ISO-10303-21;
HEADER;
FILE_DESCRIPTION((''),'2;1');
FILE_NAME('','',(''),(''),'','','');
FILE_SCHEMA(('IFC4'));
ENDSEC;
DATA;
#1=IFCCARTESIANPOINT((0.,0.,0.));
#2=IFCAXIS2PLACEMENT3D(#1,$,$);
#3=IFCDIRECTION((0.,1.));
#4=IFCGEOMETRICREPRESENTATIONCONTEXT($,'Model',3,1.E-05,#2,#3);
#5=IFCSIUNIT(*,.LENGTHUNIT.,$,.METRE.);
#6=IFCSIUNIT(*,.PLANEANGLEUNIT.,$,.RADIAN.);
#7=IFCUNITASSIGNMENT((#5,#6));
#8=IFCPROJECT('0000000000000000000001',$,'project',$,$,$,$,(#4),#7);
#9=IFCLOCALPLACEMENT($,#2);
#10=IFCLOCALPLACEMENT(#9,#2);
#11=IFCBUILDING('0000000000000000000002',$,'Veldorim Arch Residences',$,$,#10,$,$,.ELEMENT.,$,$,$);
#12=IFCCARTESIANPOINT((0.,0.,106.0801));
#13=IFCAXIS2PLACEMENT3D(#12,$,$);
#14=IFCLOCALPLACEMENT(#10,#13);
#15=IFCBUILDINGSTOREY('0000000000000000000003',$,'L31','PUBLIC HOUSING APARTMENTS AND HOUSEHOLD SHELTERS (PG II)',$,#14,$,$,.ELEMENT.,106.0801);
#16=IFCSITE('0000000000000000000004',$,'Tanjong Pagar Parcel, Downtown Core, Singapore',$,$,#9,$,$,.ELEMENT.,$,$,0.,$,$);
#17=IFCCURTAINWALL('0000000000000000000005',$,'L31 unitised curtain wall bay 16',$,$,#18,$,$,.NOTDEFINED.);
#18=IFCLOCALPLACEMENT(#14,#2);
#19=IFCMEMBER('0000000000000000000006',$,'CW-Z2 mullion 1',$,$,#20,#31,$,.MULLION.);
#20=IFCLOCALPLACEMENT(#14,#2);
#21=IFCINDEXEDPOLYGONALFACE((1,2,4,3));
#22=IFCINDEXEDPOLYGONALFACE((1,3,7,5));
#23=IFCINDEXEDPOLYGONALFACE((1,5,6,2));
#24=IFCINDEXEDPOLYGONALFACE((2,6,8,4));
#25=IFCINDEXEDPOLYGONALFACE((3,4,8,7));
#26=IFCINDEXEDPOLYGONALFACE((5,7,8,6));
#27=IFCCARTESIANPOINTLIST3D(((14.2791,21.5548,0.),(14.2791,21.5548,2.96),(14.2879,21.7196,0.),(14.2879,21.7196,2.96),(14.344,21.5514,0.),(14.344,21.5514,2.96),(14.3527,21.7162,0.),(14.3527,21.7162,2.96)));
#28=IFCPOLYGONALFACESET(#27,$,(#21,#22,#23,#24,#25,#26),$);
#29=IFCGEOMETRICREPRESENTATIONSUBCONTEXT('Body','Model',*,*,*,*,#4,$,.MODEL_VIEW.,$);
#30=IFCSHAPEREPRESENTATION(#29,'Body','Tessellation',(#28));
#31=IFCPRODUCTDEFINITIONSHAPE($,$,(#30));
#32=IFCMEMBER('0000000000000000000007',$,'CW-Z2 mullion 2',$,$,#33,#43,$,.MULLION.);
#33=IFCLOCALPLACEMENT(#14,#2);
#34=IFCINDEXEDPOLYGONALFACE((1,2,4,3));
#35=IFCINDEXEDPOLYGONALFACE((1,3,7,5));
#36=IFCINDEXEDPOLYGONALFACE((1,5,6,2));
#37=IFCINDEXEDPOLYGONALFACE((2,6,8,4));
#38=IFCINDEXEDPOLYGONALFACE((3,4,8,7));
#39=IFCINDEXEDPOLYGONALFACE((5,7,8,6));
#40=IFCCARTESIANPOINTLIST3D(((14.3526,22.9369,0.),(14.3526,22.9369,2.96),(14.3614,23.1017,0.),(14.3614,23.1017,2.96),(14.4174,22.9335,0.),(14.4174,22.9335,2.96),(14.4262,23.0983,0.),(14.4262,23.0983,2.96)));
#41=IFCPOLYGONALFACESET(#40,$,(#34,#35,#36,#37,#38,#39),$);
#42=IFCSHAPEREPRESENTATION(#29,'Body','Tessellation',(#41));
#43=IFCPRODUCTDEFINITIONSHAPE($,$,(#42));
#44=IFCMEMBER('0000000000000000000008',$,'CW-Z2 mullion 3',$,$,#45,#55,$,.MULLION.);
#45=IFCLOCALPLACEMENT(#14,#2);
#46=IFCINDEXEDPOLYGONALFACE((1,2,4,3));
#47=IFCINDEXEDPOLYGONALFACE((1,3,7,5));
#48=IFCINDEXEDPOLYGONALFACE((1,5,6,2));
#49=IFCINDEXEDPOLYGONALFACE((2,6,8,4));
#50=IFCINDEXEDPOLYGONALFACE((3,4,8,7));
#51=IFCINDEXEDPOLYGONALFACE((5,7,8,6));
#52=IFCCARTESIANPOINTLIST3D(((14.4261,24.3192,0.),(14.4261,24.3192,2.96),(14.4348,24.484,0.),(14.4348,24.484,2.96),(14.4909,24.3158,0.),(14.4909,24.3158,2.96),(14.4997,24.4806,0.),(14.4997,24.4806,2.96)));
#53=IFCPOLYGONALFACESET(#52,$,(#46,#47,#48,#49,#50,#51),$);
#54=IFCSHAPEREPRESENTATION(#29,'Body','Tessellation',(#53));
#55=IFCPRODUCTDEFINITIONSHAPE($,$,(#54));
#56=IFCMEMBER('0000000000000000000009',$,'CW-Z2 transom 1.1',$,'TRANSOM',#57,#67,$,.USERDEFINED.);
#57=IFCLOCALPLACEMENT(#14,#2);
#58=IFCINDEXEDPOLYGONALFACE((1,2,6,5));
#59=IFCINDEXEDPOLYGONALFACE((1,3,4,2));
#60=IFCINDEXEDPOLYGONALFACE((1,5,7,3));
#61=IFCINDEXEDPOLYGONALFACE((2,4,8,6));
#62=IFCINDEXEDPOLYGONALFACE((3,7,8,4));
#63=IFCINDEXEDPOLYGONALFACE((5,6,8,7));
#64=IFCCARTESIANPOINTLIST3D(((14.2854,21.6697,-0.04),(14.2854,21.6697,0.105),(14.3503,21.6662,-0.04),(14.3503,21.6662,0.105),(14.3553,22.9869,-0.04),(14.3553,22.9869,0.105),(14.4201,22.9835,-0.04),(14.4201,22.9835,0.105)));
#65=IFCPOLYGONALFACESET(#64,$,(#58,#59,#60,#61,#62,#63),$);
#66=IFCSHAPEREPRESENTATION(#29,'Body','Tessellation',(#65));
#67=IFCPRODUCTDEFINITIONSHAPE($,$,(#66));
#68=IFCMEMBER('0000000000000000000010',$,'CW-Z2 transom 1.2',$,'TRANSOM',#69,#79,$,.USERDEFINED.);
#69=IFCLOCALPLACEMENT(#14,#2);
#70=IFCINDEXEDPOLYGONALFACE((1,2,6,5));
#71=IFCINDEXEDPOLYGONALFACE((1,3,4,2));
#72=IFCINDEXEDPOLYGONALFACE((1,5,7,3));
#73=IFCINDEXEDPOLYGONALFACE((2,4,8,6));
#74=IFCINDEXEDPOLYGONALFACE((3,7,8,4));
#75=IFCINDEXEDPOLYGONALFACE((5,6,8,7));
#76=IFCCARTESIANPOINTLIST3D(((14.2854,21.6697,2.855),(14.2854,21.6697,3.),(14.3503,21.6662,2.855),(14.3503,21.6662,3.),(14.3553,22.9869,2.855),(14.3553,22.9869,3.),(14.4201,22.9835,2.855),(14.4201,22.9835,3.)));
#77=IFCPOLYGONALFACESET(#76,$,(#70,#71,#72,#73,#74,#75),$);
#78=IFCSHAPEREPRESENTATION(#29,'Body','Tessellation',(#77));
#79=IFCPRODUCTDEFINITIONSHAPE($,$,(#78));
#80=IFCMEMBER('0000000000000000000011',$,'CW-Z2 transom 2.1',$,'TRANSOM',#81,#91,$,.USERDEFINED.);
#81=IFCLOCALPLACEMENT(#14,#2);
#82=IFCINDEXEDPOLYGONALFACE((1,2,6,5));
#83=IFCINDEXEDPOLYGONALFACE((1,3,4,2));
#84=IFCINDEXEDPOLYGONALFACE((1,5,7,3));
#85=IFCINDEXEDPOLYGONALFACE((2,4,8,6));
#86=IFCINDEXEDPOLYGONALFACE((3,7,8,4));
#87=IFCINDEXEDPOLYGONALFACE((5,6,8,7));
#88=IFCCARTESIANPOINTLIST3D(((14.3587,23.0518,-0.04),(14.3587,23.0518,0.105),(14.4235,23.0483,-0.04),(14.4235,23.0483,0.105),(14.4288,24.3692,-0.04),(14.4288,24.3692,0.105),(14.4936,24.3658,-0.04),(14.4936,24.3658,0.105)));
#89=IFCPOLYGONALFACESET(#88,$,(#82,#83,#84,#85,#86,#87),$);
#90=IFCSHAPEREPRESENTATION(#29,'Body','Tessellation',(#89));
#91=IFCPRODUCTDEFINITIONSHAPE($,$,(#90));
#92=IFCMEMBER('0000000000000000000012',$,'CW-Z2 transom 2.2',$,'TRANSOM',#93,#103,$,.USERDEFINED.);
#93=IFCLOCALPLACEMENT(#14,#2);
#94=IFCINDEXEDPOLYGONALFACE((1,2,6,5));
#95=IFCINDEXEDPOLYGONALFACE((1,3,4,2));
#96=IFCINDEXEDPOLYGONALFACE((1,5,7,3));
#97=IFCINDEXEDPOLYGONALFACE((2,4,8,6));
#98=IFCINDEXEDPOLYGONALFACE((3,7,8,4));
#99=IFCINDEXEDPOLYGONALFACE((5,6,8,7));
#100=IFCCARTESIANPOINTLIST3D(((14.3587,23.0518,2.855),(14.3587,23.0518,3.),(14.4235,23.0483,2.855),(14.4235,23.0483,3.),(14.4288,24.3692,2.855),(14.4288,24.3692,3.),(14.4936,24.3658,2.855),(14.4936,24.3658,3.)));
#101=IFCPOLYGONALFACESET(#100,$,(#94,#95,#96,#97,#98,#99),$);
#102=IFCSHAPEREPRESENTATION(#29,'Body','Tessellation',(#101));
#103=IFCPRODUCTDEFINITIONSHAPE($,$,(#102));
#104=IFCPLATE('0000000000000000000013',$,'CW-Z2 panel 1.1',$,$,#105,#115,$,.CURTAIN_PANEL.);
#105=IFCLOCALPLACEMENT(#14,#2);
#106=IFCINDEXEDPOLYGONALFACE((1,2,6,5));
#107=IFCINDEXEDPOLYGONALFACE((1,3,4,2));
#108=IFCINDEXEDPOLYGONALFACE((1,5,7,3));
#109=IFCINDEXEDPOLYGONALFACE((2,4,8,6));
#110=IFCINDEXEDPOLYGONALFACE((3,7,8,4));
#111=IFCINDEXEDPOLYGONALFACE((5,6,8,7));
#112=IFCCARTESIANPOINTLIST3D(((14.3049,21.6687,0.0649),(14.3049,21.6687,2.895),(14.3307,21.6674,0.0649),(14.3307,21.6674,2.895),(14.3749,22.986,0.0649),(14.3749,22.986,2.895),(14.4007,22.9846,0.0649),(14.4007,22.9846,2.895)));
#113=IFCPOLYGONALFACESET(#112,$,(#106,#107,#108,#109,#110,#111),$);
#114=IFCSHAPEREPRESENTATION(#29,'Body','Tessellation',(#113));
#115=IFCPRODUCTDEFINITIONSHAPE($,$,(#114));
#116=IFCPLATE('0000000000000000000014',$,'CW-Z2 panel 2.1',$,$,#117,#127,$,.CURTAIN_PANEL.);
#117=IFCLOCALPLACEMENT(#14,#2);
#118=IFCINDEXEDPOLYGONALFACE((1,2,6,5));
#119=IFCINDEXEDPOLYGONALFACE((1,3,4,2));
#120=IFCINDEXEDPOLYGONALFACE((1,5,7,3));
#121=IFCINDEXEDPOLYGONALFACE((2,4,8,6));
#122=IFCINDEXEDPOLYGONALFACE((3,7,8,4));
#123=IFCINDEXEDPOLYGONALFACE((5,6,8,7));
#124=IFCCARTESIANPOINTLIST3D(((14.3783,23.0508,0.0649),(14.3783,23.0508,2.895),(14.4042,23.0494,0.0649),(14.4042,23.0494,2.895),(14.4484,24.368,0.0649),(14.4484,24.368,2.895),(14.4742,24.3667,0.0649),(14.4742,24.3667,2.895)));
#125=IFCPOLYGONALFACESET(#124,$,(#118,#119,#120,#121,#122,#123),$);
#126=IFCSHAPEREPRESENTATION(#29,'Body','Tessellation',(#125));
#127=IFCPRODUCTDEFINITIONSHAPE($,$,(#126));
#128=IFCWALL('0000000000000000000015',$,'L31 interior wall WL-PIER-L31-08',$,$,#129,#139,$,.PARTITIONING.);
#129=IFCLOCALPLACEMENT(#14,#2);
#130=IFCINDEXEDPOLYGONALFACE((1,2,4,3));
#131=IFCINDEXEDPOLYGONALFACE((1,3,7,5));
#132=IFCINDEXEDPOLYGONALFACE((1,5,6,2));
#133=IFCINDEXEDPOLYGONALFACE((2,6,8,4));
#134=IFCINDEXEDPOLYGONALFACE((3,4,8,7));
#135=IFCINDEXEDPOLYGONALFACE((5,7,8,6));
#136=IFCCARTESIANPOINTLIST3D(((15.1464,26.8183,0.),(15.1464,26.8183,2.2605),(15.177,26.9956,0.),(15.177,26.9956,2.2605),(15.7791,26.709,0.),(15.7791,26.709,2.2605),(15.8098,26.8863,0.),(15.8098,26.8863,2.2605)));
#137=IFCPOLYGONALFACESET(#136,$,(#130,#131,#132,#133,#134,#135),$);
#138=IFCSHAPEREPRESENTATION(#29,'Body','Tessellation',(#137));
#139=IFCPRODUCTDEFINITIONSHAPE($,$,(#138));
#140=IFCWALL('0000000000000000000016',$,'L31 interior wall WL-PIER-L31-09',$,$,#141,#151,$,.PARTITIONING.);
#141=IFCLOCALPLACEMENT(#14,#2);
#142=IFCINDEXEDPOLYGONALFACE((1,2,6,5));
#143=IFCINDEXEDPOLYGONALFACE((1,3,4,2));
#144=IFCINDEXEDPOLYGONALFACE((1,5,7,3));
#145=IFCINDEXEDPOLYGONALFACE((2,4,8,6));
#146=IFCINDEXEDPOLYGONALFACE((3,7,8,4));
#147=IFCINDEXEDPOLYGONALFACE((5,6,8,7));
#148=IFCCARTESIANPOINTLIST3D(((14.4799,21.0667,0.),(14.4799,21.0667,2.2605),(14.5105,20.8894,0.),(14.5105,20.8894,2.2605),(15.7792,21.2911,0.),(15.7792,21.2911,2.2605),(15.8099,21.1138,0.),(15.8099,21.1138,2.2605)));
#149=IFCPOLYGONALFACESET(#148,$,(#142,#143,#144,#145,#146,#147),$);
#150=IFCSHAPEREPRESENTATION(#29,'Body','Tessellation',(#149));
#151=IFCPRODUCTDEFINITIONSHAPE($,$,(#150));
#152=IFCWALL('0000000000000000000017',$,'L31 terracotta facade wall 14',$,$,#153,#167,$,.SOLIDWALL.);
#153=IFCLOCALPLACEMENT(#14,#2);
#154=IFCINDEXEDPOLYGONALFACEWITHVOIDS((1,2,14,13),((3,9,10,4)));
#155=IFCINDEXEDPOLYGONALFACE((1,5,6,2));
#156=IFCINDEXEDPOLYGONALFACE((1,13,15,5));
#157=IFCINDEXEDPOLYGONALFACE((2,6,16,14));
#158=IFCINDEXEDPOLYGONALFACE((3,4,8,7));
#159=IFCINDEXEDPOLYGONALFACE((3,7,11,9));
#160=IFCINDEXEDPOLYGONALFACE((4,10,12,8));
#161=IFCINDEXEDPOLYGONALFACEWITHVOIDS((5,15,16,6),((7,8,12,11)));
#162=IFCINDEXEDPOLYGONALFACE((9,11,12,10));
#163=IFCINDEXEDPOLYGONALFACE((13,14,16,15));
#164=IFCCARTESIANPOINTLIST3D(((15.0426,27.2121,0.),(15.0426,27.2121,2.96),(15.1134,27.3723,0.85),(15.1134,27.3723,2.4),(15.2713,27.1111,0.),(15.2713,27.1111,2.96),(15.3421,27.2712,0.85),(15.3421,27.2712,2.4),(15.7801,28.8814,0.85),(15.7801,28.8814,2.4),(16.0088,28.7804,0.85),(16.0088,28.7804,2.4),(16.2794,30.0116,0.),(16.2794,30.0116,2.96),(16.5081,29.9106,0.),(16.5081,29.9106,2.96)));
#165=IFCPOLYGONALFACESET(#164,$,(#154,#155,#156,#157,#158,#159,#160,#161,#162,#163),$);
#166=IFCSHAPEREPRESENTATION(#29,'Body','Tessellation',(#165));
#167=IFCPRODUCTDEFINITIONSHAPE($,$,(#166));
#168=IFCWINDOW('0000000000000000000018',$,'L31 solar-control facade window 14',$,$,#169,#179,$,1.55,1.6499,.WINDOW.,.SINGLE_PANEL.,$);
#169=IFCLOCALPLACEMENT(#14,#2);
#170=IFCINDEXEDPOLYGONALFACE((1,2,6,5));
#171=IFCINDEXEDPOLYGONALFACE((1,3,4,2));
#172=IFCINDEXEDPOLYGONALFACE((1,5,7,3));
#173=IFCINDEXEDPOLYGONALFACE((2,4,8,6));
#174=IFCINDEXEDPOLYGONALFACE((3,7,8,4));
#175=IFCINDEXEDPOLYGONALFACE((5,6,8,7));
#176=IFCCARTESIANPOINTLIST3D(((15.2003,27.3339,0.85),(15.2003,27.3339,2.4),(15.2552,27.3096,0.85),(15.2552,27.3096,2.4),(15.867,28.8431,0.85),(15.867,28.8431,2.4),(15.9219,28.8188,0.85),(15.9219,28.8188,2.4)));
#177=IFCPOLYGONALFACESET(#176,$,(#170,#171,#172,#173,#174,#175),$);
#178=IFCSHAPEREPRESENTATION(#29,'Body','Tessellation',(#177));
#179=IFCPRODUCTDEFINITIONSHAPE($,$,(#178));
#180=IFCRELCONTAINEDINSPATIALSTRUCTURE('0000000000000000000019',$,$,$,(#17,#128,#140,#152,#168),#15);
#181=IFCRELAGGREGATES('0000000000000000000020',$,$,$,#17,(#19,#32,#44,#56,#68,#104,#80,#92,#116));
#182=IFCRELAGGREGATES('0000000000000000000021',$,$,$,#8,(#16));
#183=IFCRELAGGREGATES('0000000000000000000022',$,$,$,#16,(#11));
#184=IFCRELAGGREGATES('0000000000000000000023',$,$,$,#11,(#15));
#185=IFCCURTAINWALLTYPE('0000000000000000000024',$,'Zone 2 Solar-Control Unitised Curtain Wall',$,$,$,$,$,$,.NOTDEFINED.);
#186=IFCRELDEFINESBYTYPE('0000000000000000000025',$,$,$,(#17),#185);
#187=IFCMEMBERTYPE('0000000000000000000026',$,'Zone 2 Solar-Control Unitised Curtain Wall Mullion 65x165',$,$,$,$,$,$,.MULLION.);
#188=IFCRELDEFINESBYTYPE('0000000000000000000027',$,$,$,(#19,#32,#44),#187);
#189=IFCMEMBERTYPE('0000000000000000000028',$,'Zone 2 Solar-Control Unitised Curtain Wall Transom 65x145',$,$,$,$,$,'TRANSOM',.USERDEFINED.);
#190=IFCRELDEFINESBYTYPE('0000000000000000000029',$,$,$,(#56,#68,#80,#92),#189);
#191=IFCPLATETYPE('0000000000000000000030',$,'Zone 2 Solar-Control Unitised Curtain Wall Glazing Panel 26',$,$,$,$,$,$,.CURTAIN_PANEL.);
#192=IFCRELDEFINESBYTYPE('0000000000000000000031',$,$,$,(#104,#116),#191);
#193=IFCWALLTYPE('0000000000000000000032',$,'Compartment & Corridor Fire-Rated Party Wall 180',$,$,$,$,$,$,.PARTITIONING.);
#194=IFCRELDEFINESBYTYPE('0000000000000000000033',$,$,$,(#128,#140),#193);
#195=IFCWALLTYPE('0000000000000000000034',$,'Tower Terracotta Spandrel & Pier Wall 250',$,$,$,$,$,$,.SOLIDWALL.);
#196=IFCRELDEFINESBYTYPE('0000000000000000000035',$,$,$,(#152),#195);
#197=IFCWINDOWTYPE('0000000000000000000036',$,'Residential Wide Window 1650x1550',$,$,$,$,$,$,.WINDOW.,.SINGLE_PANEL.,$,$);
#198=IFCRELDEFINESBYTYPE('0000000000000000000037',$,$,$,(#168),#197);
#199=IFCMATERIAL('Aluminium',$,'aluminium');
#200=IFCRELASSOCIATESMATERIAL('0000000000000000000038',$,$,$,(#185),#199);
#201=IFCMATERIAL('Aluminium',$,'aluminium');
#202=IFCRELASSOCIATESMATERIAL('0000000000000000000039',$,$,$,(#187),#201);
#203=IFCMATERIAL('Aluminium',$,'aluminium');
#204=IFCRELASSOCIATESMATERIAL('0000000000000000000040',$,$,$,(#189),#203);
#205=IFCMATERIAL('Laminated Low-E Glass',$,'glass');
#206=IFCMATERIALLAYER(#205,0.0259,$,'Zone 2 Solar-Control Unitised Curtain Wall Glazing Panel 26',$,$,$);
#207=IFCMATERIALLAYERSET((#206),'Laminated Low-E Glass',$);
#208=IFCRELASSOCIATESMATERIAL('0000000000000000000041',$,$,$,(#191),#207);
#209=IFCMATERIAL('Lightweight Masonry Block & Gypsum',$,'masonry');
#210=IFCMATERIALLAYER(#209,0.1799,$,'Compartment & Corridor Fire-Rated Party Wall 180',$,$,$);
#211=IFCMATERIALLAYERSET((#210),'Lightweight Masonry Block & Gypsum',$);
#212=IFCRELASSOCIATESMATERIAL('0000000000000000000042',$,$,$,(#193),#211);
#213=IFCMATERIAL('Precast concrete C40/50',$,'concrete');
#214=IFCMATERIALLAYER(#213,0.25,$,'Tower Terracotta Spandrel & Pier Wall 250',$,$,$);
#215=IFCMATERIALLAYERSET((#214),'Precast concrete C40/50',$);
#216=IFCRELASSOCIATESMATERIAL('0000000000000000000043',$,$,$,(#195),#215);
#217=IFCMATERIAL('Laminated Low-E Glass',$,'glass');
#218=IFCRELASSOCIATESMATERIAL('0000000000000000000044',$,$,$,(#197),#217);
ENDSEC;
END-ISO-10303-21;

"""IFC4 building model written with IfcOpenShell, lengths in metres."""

from ifc_helpers import new_model, si_unit, direction, frame, frame_2d, origin, origin_2d, place, context, subcontext, project, spatial, rectangle, extrude, material, layer, layer_set, material_profile, profile_set, type_object, element, fill, aggregate, save


model = new_model("IFC4")

# Units and contexts
model_context = context("Model", 3, precision=1e-05, world=origin(), true_north=direction((0.0, 1.0)))
body_context = subcontext(model_context, "Body", "Model", "MODEL_VIEW")
ifc_project = project(units=[si_unit("LENGTHUNIT", "METRE"), si_unit("PLANEANGLEUNIT", "RADIAN")], contexts=[model_context])

# Site, building, storey
site_placement = place(None, origin())
site = spatial("IfcSite", under=ifc_project, at=site_placement, Name="Tanjong Pagar Parcel, Downtown Core, Singapore", CompositionType="ELEMENT", RefElevation=0.0)
building_placement = place(site_placement, origin())
building = spatial("IfcBuilding", under=site, at=building_placement, Name="Veldorim Arch Residences", CompositionType="ELEMENT")
storey_placement = place(building_placement, frame((0.0, 0.0, 106.0801)))
storey = spatial("IfcBuildingStorey", under=building, at=storey_placement, Name="L31", Description="PUBLIC HOUSING APARTMENTS AND HOUSEHOLD SHELTERS (PG II)", CompositionType="ELEMENT", Elevation=106.0801)

# Curtain wall, members, plates
ifc_material_1 = material(Name="Aluminium", Category="aluminium")
curtain_wall_type = type_object("IfcCurtainWallType", Name="Zone 2 Solar-Control Unitised Curtain Wall", PredefinedType="NOTDEFINED", material=ifc_material_1)
curtain_wall_placement = place(storey_placement, origin())
curtain_wall = element("IfcCurtainWall", 1, at=curtain_wall_placement, inside=storey, type_object=curtain_wall_type, Name="L31 unitised curtain wall bay 16", PredefinedType="NOTDEFINED")
ifc_material_2 = material(Name="Aluminium", Category="aluminium")
ifc_material_profile_1 = material_profile(ifc_material_2, rectangle(XDim=0.0649, YDim=0.165, at=origin_2d()), Name="ALU_MUL_65x165")
ifc_profile_set_1 = profile_set([ifc_material_profile_1], Name="Aluminium")
member_type_1 = type_object("IfcMemberType", Name="Zone 2 Solar-Control Unitised Curtain Wall Mullion 65x165", PredefinedType="MULLION", material=ifc_profile_set_1)
member_1_placement = place(storey_placement, frame((14.3159, 21.6355, 0.0), z_axis=(0.0, 0.0, 1.0), x_axis=(-0.99859, 0.053083, 0.0)))
member_1 = element("IfcMember", 2, at=member_1_placement, type_object=member_type_1, Name="CW-Z2 mullion 1", PredefinedType="MULLION", context=body_context, shape_type="SweptSolid", body=[
    extrude(rectangle(XDim=0.0649, YDim=0.165, at=origin_2d()), origin(), (0.0, 0.0, 1.0), 2.96),
])
member_2_placement = place(storey_placement, frame((14.3894, 23.0176, 0.0), z_axis=(0.0, 0.0, 1.0), x_axis=(-0.99859, 0.053083, 0.0)))
member_2 = element("IfcMember", 3, at=member_2_placement, type_object=member_type_1, Name="CW-Z2 mullion 2", PredefinedType="MULLION", context=body_context, shape_type="SweptSolid", body=[
    extrude(rectangle(XDim=0.0649, YDim=0.165, at=origin_2d()), origin(), (0.0, 0.0, 1.0), 2.96),
])
member_3_placement = place(storey_placement, frame((14.4629, 24.3999, 0.0), z_axis=(0.0, 0.0, 1.0), x_axis=(-0.99859, 0.053083, 0.0)))
member_3 = element("IfcMember", 4, at=member_3_placement, type_object=member_type_1, Name="CW-Z2 mullion 3", PredefinedType="MULLION", context=body_context, shape_type="SweptSolid", body=[
    extrude(rectangle(XDim=0.0649, YDim=0.165, at=origin_2d()), origin(), (0.0, 0.0, 1.0), 2.96),
])
ifc_material_3 = material(Name="Aluminium", Category="aluminium")
ifc_material_profile_2 = material_profile(ifc_material_3, rectangle(XDim=0.0649, YDim=0.145, at=origin_2d()), Name="ALU_TRN_65x145")
ifc_profile_set_2 = profile_set([ifc_material_profile_2], Name="Aluminium")
member_type_2 = type_object("IfcMemberType", Name="Zone 2 Solar-Control Unitised Curtain Wall Transom 65x145", ElementType="TRANSOM", PredefinedType="USERDEFINED", material=ifc_profile_set_2)
member_4_placement = place(storey_placement, frame((14.3179, 21.668, 0.0325), z_axis=(0.052938, 0.998598, 0.0), x_axis=(-0.998598, 0.052938, 0.0)))
member_4 = element("IfcMember", 5, at=member_4_placement, type_object=member_type_2, Name="CW-Z2 transom 1.1", ObjectType="TRANSOM", PredefinedType="USERDEFINED", context=body_context, shape_type="SweptSolid", body=[
    extrude(rectangle(XDim=0.0649, YDim=0.145, at=origin_2d()), origin(), (0.0, 0.0, 1.0), 1.3191),
])
member_5_placement = place(storey_placement, frame((14.3179, 21.668, 2.9275), z_axis=(0.052938, 0.998598, 0.0), x_axis=(-0.998598, 0.052938, 0.0)))
member_5 = element("IfcMember", 6, at=member_5_placement, type_object=member_type_2, Name="CW-Z2 transom 1.2", ObjectType="TRANSOM", PredefinedType="USERDEFINED", context=body_context, shape_type="SweptSolid", body=[
    extrude(rectangle(XDim=0.0649, YDim=0.145, at=origin_2d()), origin(), (0.0, 0.0, 1.0), 1.3191),
])
member_6_placement = place(storey_placement, frame((14.3911, 23.05, 0.0325), z_axis=(0.053112, 0.998589, 0.0), x_axis=(-0.998589, 0.053112, 0.0)))
member_6 = element("IfcMember", 7, at=member_6_placement, type_object=member_type_2, Name="CW-Z2 transom 2.1", ObjectType="TRANSOM", PredefinedType="USERDEFINED", context=body_context, shape_type="SweptSolid", body=[
    extrude(rectangle(XDim=0.0649, YDim=0.145, at=origin_2d()), origin(), (0.0, 0.0, 1.0), 1.3193),
])
member_7_placement = place(storey_placement, frame((14.3911, 23.05, 2.9275), z_axis=(0.053112, 0.998589, 0.0), x_axis=(-0.998589, 0.053112, 0.0)))
member_7 = element("IfcMember", 8, at=member_7_placement, type_object=member_type_2, Name="CW-Z2 transom 2.2", ObjectType="TRANSOM", PredefinedType="USERDEFINED", context=body_context, shape_type="SweptSolid", body=[
    extrude(rectangle(XDim=0.0649, YDim=0.145, at=origin_2d()), origin(), (0.0, 0.0, 1.0), 1.3193),
])
ifc_material_4 = material(Name="Laminated Low-E Glass", Category="glass")
ifc_layer_1 = layer(ifc_material_4, 0.0259, Name="Zone 2 Solar-Control Unitised Curtain Wall Glazing Panel 26")
ifc_layer_set_1 = layer_set([ifc_layer_1], Name="Laminated Low-E Glass")
plate_type = type_object("IfcPlateType", Name="Zone 2 Solar-Control Unitised Curtain Wall Glazing Panel 26", PredefinedType="CURTAIN_PANEL", material=ifc_layer_set_1)
plate_1_placement = place(storey_placement, frame((14.3528, 22.3267, 0.0649), z_axis=(0.0, 0.0, 1.0), x_axis=(0.053083, 0.99859, 0.0)))
plate_1 = element("IfcPlate", 9, at=plate_1_placement, type_object=plate_type, Name="CW-Z2 panel 1.1", PredefinedType="CURTAIN_PANEL", context=body_context, shape_type="SweptSolid", body=[
    extrude(rectangle(XDim=1.3191, YDim=0.0259, at=origin_2d()), origin(), (0.0, 0.0, 1.0), 2.8301),
])
plate_2_placement = place(storey_placement, frame((14.4263, 23.7087, 0.0649), z_axis=(0.0, 0.0, 1.0), x_axis=(0.053083, 0.99859, 0.0)))
plate_2 = element("IfcPlate", 10, at=plate_2_placement, type_object=plate_type, Name="CW-Z2 panel 2.1", PredefinedType="CURTAIN_PANEL", context=body_context, shape_type="SweptSolid", body=[
    extrude(rectangle(XDim=1.3191, YDim=0.0259, at=origin_2d()), origin(), (0.0, 0.0, 1.0), 2.8301),
])
aggregate(curtain_wall, [member_1, member_2, member_3, member_4, member_5, plate_1, member_6, member_7, plate_2])

# Walls
ifc_material_5 = material(Name="Lightweight Masonry Block & Gypsum", Category="masonry")
ifc_layer_2 = layer(ifc_material_5, 0.1799, Name="Compartment & Corridor Fire-Rated Party Wall 180")
ifc_layer_set_2 = layer_set([ifc_layer_2], Name="Lightweight Masonry Block & Gypsum")
wall_type_1 = type_object("IfcWallType", Name="Compartment & Corridor Fire-Rated Party Wall 180", PredefinedType="PARTITIONING", material=ifc_layer_set_2)
wall_1_placement = place(storey_placement, frame((15.7944, 26.7976, 0.0), z_axis=(0.0, 0.0, 1.0), x_axis=(-0.98539, 0.170314, 0.0)))
element("IfcWall", 11, at=wall_1_placement, inside=storey, type_object=wall_type_1, Name="L31 interior wall WL-PIER-L31-08", PredefinedType="PARTITIONING", context=body_context, shape_type="SweptSolid", body=[
    extrude(rectangle(XDim=0.6421, YDim=0.1799, at=frame_2d((0.321, 0.0))), origin(), (0.0, 0.0, 1.0), 2.2605),
])
wall_2_placement = place(storey_placement, frame((15.7944, 21.2024, 0.0), z_axis=(0.0, 0.0, 1.0), x_axis=(-0.985416, -0.170161, 0.0)))
element("IfcWall", 12, at=wall_2_placement, inside=storey, type_object=wall_type_1, Name="L31 interior wall WL-PIER-L31-09", PredefinedType="PARTITIONING", context=body_context, shape_type="SweptSolid", body=[
    extrude(rectangle(XDim=1.3186, YDim=0.1799, at=frame_2d((0.6592, 0.0))), origin(), (0.0, 0.0, 1.0), 2.2605),
])

# Wall, opening, window
ifc_material_6 = material(Name="Precast concrete C40/50", Category="concrete")
ifc_layer_3 = layer(ifc_material_6, 0.25, Name="Tower Terracotta Spandrel & Pier Wall 250")
ifc_layer_set_3 = layer_set([ifc_layer_3], Name="Precast concrete C40/50")
wall_type_2 = type_object("IfcWallType", Name="Tower Terracotta Spandrel & Pier Wall 250", PredefinedType="SOLIDWALL", material=ifc_layer_set_3)
wall_3_placement = place(storey_placement, frame((15.157, 27.1616, 0.0), z_axis=(0.0, 0.0, 1.0), x_axis=(0.40411, 0.914711, 0.0)))
wall_3 = element("IfcWall", 13, at=wall_3_placement, inside=storey, type_object=wall_type_2, Name="L31 terracotta facade wall 14", PredefinedType="SOLIDWALL", context=body_context, shape_type="SweptSolid", body=[
    extrude(rectangle(XDim=3.0605, YDim=0.25, at=frame_2d((1.5303, 0.0))), origin(), (0.0, 0.0, 1.0), 2.96),
])
opening_placement = place(wall_3_placement, frame((0.175, 0.0, 0.8501)))
opening = element("IfcOpeningElement", 14, at=opening_placement, cuts=wall_3, PredefinedType="OPENING", context=body_context, shape_type="SweptSolid", body=[
    extrude(rectangle(XDim=1.6499, YDim=1.55, at=frame_2d((0.825, 0.7749))), frame((0.0, 0.135, 0.0), z_axis=(0.0, -1.0, 0.0), x_axis=(1.0, 0.0, 0.0)), (0.0, 0.0, 1.0), 0.27),
])
ifc_material_7 = material(Name="Laminated Low-E Glass", Category="glass")
window_type = type_object("IfcWindowType", Name="Residential Wide Window 1650x1550", PartitioningType="SINGLE_PANEL", PredefinedType="WINDOW", material=ifc_material_7)
window_placement = place(opening_placement, origin())
window = element("IfcWindow", 15, at=window_placement, inside=storey, type_object=window_type, Name="L31 solar-control facade window 14", OverallHeight=1.55, OverallWidth=1.6499, PartitioningType="SINGLE_PANEL", PredefinedType="WINDOW", context=body_context, shape_type="SweptSolid", body=[
    extrude(rectangle(XDim=1.6499, YDim=1.55, at=frame_2d((0.825, 0.7749))), frame((0.0, 0.03, 0.0), z_axis=(0.0, -1.0, 0.0), x_axis=(1.0, 0.0, 0.0)), (0.0, 0.0, 1.0), 0.0601),
])
fill(opening, window)

save(model, "model.ifc")
